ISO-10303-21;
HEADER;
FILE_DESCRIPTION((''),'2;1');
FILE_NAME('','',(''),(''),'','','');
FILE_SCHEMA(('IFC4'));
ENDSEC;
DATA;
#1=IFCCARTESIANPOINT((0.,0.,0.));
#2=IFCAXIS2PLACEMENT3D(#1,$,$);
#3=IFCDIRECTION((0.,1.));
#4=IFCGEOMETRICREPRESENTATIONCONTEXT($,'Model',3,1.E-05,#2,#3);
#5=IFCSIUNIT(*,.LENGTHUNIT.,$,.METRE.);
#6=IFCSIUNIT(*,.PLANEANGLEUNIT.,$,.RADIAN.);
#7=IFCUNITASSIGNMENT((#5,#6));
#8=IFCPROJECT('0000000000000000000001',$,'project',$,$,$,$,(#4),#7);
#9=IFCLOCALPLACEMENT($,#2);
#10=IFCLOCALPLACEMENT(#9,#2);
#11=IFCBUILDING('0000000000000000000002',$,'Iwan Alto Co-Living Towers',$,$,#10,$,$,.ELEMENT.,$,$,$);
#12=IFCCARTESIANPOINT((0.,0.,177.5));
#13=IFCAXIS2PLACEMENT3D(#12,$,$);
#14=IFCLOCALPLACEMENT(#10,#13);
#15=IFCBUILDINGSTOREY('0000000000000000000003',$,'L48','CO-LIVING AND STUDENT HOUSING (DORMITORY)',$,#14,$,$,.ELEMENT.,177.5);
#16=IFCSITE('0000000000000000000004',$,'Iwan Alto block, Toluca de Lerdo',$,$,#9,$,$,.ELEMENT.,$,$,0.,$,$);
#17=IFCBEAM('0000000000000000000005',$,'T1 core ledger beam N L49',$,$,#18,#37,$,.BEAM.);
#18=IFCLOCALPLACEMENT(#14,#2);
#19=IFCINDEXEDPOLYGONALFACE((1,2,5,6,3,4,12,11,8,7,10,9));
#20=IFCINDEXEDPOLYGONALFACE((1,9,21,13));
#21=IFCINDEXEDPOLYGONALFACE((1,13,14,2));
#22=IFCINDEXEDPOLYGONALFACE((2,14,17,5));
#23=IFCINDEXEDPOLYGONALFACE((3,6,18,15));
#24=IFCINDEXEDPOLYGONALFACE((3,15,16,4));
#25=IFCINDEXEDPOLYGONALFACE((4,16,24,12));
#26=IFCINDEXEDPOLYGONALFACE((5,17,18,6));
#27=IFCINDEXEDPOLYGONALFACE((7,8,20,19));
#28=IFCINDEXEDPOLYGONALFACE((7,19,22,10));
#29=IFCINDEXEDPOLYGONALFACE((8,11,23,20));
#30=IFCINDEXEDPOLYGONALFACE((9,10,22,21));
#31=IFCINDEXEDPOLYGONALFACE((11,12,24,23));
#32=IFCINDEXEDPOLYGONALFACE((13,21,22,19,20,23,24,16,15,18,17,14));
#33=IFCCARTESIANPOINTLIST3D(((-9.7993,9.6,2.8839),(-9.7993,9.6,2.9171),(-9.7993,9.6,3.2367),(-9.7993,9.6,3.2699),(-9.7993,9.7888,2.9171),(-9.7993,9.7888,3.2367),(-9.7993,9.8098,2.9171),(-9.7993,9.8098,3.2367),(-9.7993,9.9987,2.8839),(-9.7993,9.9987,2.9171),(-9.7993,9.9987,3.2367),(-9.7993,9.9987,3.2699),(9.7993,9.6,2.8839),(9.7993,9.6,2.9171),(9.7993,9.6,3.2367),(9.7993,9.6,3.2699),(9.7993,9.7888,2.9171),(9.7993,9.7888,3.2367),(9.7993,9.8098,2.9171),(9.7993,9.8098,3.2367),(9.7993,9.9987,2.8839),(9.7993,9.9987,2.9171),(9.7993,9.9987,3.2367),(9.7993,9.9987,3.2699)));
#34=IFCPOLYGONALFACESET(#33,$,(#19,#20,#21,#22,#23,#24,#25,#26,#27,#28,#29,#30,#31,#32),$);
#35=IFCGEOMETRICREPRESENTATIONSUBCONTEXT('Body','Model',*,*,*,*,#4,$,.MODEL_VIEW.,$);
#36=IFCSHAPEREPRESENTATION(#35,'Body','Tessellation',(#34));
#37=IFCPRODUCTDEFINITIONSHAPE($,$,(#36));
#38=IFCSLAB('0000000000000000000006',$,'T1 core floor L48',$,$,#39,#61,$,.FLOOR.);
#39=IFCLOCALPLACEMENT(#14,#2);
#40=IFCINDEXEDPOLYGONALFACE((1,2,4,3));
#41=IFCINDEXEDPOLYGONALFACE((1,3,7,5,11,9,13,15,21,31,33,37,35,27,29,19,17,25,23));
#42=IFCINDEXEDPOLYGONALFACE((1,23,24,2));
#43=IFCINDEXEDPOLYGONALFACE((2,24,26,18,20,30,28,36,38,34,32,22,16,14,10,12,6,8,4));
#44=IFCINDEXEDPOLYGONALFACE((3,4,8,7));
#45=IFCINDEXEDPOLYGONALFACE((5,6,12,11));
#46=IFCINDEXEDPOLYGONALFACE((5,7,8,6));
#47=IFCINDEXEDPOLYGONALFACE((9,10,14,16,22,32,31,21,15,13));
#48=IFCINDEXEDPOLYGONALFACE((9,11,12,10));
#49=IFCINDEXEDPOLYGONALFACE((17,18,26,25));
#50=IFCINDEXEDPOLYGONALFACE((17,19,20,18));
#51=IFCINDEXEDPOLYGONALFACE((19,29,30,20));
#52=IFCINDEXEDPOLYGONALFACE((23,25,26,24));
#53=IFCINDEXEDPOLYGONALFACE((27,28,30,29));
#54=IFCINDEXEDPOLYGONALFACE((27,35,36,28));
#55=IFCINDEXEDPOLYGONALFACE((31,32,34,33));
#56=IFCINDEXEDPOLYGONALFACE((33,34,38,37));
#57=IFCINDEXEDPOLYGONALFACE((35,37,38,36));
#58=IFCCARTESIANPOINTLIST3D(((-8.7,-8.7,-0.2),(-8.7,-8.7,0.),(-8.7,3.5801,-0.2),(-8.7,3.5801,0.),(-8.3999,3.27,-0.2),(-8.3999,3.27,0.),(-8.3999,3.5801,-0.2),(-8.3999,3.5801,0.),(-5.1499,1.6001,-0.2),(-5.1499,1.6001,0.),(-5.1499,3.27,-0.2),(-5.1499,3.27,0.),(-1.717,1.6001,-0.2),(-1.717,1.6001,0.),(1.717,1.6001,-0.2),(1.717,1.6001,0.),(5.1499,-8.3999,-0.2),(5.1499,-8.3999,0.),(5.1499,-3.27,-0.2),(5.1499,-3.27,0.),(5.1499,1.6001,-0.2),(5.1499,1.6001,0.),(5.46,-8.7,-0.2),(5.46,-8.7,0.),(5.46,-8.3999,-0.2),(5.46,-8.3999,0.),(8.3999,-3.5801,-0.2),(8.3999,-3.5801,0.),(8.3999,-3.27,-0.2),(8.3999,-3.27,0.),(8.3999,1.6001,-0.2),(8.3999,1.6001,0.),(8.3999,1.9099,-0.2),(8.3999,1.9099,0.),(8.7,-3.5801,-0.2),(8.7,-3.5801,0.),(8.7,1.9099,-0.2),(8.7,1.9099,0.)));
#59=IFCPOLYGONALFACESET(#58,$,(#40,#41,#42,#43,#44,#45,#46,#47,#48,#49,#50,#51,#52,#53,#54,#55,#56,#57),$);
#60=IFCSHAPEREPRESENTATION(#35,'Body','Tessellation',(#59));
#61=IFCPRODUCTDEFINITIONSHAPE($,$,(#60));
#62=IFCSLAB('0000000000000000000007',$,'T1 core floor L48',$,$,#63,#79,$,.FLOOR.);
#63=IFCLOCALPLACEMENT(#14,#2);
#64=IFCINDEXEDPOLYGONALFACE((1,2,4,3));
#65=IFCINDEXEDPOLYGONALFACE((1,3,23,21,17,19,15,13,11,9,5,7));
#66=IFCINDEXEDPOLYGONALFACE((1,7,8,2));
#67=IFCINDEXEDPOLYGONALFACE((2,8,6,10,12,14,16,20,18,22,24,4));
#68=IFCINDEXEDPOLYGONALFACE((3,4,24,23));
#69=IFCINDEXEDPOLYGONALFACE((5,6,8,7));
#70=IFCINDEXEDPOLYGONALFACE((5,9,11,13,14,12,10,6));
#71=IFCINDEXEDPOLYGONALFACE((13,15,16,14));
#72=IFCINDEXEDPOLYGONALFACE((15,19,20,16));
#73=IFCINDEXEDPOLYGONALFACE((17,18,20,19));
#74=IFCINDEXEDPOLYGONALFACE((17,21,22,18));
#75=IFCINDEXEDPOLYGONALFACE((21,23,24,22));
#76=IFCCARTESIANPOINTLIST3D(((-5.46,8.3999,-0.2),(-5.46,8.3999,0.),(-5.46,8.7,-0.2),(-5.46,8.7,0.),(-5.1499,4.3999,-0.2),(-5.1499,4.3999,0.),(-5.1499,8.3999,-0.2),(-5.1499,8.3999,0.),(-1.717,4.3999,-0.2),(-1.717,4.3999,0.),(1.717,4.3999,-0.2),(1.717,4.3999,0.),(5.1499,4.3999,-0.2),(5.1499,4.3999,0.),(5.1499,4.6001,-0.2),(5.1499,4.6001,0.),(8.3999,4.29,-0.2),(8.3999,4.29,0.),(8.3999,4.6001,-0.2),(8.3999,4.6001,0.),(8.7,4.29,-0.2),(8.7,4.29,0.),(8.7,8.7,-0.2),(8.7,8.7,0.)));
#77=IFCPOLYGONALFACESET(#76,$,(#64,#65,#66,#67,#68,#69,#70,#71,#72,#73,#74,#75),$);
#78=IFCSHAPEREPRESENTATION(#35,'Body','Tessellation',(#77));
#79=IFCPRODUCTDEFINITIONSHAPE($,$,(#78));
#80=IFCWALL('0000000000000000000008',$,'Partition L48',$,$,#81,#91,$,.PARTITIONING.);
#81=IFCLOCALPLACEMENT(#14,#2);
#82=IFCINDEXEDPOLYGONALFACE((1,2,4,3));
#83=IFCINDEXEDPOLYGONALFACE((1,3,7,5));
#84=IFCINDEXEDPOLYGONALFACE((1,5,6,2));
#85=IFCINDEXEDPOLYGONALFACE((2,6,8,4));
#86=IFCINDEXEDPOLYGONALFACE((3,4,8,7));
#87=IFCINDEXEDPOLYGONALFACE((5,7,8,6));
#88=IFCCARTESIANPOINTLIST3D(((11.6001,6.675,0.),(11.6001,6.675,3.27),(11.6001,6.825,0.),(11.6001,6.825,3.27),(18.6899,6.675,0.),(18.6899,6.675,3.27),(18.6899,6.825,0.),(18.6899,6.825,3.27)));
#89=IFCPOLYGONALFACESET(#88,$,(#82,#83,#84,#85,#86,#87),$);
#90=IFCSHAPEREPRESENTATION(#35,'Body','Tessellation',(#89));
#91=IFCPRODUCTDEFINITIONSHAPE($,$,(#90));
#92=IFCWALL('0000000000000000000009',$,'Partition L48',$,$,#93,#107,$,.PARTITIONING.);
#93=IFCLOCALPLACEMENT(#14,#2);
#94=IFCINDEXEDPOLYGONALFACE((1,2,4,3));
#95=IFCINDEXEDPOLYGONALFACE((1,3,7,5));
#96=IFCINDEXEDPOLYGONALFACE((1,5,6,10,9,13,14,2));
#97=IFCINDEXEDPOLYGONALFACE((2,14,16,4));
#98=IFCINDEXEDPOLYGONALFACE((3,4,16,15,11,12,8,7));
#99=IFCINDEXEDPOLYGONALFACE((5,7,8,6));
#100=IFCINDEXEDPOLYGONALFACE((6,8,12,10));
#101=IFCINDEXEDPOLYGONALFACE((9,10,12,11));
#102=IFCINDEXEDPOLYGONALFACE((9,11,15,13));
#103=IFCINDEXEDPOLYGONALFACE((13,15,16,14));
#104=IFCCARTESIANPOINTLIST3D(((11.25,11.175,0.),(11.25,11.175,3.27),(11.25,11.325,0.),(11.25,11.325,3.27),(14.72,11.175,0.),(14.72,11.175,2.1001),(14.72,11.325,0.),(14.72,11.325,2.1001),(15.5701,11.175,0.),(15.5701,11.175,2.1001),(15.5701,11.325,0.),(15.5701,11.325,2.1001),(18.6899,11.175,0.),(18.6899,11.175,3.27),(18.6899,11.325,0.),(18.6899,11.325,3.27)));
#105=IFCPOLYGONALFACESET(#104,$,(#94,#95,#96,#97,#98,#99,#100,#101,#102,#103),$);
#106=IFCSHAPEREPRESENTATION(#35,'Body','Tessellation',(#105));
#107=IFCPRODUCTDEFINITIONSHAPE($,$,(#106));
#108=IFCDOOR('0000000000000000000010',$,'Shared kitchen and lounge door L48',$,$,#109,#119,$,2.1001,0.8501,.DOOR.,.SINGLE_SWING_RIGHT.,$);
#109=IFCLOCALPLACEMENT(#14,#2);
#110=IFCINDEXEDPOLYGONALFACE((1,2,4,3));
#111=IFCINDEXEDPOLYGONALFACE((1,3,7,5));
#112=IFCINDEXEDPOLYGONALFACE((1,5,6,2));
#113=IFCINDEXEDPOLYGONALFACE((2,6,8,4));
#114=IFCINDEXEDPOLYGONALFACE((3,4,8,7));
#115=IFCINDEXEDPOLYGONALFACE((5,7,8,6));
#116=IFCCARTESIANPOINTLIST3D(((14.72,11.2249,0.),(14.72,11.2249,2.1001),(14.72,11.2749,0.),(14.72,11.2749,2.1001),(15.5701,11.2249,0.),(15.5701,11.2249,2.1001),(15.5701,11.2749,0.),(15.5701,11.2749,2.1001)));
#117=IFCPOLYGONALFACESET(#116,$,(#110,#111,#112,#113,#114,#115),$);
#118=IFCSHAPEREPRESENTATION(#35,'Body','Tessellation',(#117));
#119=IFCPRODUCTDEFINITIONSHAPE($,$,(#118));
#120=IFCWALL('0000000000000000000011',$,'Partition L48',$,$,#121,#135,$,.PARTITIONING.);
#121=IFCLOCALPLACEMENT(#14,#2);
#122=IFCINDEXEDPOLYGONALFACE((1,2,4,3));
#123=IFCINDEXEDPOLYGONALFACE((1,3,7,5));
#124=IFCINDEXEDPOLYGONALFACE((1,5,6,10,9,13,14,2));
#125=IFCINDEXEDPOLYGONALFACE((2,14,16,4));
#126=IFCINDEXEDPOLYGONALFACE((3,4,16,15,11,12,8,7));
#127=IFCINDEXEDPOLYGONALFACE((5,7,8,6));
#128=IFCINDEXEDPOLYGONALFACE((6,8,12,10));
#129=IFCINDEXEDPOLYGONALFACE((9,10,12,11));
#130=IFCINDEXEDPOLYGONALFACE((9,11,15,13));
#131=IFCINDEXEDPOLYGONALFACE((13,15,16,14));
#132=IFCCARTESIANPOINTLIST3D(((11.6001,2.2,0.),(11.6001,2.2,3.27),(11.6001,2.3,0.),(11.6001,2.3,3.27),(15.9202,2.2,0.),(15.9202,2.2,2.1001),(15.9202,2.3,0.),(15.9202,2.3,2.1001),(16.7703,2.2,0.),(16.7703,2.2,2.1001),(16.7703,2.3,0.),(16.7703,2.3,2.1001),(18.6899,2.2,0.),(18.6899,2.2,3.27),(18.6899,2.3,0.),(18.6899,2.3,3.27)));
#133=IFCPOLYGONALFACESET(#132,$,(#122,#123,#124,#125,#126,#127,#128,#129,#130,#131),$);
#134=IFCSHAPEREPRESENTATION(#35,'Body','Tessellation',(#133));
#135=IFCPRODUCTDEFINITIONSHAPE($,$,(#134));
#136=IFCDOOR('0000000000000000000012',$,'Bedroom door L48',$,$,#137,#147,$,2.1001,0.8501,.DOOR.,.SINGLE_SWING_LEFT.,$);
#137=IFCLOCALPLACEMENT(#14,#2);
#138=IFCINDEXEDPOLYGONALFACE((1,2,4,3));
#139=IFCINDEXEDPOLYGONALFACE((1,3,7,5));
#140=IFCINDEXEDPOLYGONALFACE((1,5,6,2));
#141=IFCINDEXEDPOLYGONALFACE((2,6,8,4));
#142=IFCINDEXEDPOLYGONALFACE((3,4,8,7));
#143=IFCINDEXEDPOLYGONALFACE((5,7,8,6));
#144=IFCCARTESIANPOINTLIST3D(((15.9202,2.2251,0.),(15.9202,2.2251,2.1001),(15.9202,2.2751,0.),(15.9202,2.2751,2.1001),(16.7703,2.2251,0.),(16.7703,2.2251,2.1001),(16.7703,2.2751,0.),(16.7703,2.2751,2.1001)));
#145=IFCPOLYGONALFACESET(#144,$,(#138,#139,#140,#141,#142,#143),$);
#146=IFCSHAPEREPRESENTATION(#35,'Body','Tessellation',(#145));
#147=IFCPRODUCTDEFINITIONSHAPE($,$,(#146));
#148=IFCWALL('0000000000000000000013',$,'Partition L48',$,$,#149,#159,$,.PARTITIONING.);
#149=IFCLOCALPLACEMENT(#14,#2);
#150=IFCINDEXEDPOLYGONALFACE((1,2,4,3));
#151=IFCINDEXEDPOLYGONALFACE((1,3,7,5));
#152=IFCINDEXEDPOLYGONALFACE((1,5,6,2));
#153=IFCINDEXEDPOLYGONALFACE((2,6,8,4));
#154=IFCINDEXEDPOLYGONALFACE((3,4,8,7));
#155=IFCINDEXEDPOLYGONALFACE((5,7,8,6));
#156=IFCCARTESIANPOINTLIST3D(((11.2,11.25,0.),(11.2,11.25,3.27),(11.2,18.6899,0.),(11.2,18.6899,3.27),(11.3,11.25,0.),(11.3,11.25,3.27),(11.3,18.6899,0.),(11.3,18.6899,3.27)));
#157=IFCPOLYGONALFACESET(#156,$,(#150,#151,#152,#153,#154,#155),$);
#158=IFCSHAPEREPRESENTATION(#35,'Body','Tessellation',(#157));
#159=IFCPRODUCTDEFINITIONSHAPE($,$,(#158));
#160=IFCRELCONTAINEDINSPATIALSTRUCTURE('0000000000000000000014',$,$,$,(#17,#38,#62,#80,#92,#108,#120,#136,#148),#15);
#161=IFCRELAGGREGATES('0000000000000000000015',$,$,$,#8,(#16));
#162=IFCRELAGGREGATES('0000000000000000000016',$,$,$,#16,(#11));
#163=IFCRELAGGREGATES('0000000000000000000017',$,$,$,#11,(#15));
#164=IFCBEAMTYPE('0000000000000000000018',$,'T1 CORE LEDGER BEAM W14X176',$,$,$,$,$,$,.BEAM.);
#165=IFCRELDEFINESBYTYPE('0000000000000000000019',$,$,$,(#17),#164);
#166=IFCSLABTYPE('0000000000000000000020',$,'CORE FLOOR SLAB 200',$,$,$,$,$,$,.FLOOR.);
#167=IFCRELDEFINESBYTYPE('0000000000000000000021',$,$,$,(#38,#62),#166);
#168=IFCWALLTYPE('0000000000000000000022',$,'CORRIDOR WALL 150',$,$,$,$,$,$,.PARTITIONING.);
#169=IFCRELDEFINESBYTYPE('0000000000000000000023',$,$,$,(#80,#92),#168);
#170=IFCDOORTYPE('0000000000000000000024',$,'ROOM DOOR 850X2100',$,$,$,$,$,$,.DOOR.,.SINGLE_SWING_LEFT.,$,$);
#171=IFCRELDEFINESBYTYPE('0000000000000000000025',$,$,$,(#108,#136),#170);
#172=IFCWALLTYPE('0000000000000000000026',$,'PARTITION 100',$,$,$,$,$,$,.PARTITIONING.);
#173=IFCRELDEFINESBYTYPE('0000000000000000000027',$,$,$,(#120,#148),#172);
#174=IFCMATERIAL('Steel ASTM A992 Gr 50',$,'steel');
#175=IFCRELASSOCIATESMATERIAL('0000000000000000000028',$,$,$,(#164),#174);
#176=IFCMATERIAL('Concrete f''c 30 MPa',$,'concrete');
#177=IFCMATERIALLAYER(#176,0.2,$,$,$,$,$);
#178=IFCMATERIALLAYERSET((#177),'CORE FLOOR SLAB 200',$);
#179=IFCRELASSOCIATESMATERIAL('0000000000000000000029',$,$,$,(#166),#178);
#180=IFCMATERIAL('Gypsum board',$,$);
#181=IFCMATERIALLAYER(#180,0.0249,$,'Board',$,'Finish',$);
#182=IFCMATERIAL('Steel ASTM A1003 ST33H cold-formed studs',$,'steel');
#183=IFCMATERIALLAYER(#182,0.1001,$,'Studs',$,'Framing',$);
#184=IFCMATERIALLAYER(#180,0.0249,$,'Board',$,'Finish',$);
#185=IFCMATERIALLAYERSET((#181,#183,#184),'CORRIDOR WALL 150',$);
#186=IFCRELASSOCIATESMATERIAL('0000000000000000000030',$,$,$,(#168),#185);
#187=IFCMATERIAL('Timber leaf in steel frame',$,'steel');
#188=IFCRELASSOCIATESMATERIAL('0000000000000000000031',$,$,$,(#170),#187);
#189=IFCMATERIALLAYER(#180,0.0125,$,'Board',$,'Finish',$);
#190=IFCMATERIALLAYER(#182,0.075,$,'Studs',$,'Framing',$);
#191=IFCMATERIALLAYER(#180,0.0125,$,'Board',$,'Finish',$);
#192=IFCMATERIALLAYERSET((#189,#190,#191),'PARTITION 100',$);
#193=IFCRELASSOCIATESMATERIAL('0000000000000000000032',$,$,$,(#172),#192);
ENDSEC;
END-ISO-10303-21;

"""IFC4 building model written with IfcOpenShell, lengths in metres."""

from ifc_helpers import new_model, si_unit, direction, frame, frame_2d, origin, origin_2d, place, context, subcontext, project, spatial, polyline, rectangle, i_section, outline, extrude, material, layer, layer_set, material_profile, profile_set, type_object, element, fill, save


model = new_model("IFC4")

# Units and contexts
model_context = context("Model", 3, precision=1e-05, world=origin(), true_north=direction((0.0, 1.0)))
body_context = subcontext(model_context, "Body", "Model", "MODEL_VIEW")
ifc_project = project(units=[si_unit("LENGTHUNIT", "METRE"), si_unit("PLANEANGLEUNIT", "RADIAN")], contexts=[model_context])

# Site, building, storey
site_placement = place(None, origin())
site = spatial("IfcSite", under=ifc_project, at=site_placement, Name="Iwan Alto block, Toluca de Lerdo", CompositionType="ELEMENT", RefElevation=0.0)
building_placement = place(site_placement, origin())
building = spatial("IfcBuilding", under=site, at=building_placement, Name="Iwan Alto Co-Living Towers", CompositionType="ELEMENT")
storey_placement = place(building_placement, frame((0.0, 0.0, 177.5)))
storey = spatial("IfcBuildingStorey", under=building, at=storey_placement, Name="L48", Description="CO-LIVING AND STUDENT HOUSING (DORMITORY)", CompositionType="ELEMENT", Elevation=177.5)

# Beam
ifc_material_1 = material(Name="Steel ASTM A992 Gr 50", Category="steel")
ifc_material_profile = material_profile(ifc_material_1, i_section(OverallWidth=0.3987, OverallDepth=0.386, WebThickness=0.021, FlangeThickness=0.0332, at=origin_2d()), Name="W14X176")
ifc_profile_set = profile_set([ifc_material_profile], Name="Steel ASTM A992 Gr 50")
beam_type = type_object("IfcBeamType", Name="T1 CORE LEDGER BEAM W14X176", PredefinedType="BEAM", material=ifc_profile_set)
beam_placement = place(storey_placement, frame((9.7993, 9.7993, 3.0769), z_axis=(-1.0, 0.0, 0.0), x_axis=(0.0, -1.0, 0.0)))
element("IfcBeam", 1, at=beam_placement, inside=storey, type_object=beam_type, Name="T1 core ledger beam N L49", PredefinedType="BEAM", context=body_context, shape_type="SweptSolid", body=[
    extrude(i_section(OverallWidth=0.3987, OverallDepth=0.386, WebThickness=0.021, FlangeThickness=0.0332, at=origin_2d()), origin(), (0.0, 0.0, 1.0), 19.5986),
])

# Slabs
ifc_material_2 = material(Name="Concrete f'c 30 MPa", Category="concrete")
ifc_layer_1 = layer(ifc_material_2, 0.2)
ifc_layer_set_1 = layer_set([ifc_layer_1], Name="CORE FLOOR SLAB 200")
slab_type = type_object("IfcSlabType", Name="CORE FLOOR SLAB 200", PredefinedType="FLOOR", material=ifc_layer_set_1)
slab_1_placement = place(storey_placement, frame((0.0, 0.0, -0.2)))
element("IfcSlab", 2, at=slab_1_placement, inside=storey, type_object=slab_type, Name="T1 core floor L48", PredefinedType="FLOOR", context=body_context, shape_type="SweptSolid", body=[
    extrude(outline(polyline([(5.1499, -8.3999), (5.46, -8.3999), (5.46, -8.7), (-8.7, -8.7), (-8.7, 3.5801), (-8.3999, 3.5801), (-8.3999, 3.27), (-5.1499, 3.27), (-5.1499, 1.6001), (-1.717, 1.6001), (1.717, 1.6001), (5.1499, 1.6001), (8.3999, 1.6001), (8.3999, 1.9099), (8.7, 1.9099), (8.7, -3.5801), (8.3999, -3.5801), (8.3999, -3.27), (5.1499, -3.27), (5.1499, -8.3999)])), origin(), (0.0, 0.0, 1.0), 0.2),
])
slab_2_placement = place(storey_placement, frame((0.0, 0.0, -0.2)))
element("IfcSlab", 3, at=slab_2_placement, inside=storey, type_object=slab_type, Name="T1 core floor L48", PredefinedType="FLOOR", context=body_context, shape_type="SweptSolid", body=[
    extrude(outline(polyline([(1.717, 4.3999), (-1.717, 4.3999), (-5.1499, 4.3999), (-5.1499, 8.3999), (-5.46, 8.3999), (-5.46, 8.7), (8.7, 8.7), (8.7, 4.29), (8.3999, 4.29), (8.3999, 4.6001), (5.1499, 4.6001), (5.1499, 4.3999), (1.717, 4.3999)])), origin(), (0.0, 0.0, 1.0), 0.2),
])

# Wall
ifc_material_3 = material(Name="Gypsum board")
ifc_layer_2 = layer(ifc_material_3, 0.0249, Name="Board", Category="Finish")
ifc_material_4 = material(Name="Steel ASTM A1003 ST33H cold-formed studs", Category="steel")
ifc_layer_3 = layer(ifc_material_4, 0.1001, Name="Studs", Category="Framing")
ifc_layer_4 = layer(ifc_material_3, 0.0249, Name="Board", Category="Finish")
ifc_layer_set_2 = layer_set([ifc_layer_2, ifc_layer_3, ifc_layer_4], Name="CORRIDOR WALL 150")
wall_type_1 = type_object("IfcWallType", Name="CORRIDOR WALL 150", PredefinedType="PARTITIONING", material=ifc_layer_set_2)
wall_1_placement = place(storey_placement, frame((11.6001, 6.75, 0.0), z_axis=(0.0, 0.0, 1.0), x_axis=(1.0, 0.0, 0.0)))
element("IfcWall", 4, at=wall_1_placement, inside=storey, type_object=wall_type_1, Name="Partition L48", PredefinedType="PARTITIONING", context=body_context, shape_type="SweptSolid", body=[
    extrude(rectangle(XDim=7.0898, YDim=0.1499, at=frame_2d((3.5449, 0.0))), origin(), (0.0, 0.0, 1.0), 3.27),
])

# Walls, openings, doors
wall_2_placement = place(storey_placement, frame((11.25, 11.25, 0.0), z_axis=(0.0, 0.0, 1.0), x_axis=(1.0, 0.0, 0.0)))
wall_2 = element("IfcWall", 5, at=wall_2_placement, inside=storey, type_object=wall_type_1, Name="Partition L48", PredefinedType="PARTITIONING", context=body_context, shape_type="SweptSolid", body=[
    extrude(rectangle(XDim=7.4399, YDim=0.1499, at=frame_2d((3.72, 0.0))), origin(), (0.0, 0.0, 1.0), 3.27),
])
opening_1_placement = place(wall_2_placement, frame((3.47, 0.0, 0.0)))
opening_1 = element("IfcOpeningElement", 6, at=opening_1_placement, cuts=wall_2, PredefinedType="OPENING", context=body_context, shape_type="SweptSolid", body=[
    extrude(rectangle(XDim=0.8501, YDim=2.1001, at=frame_2d((0.425, 1.05))), frame((0.0, 0.085, 0.0), z_axis=(0.0, -1.0, 0.0), x_axis=(1.0, 0.0, 0.0)), (0.0, 0.0, 1.0), 0.1699),
])
ifc_material_5 = material(Name="Timber leaf in steel frame", Category="steel")
door_type_1 = type_object("IfcDoorType", Name="ROOM DOOR 850X2100", OperationType="SINGLE_SWING_LEFT", PredefinedType="DOOR", material=ifc_material_5)
door_1_placement = place(opening_1_placement, origin())
door_1 = element("IfcDoor", 7, at=door_1_placement, inside=storey, type_object=door_type_1, Name="Shared kitchen and lounge door L48", OperationType="SINGLE_SWING_RIGHT", OverallHeight=2.1001, OverallWidth=0.8501, PredefinedType="DOOR", context=body_context, shape_type="SweptSolid", body=[
    extrude(rectangle(XDim=0.8501, YDim=2.1001, at=frame_2d((0.425, 1.05))), frame((0.0, 0.0249, 0.0), z_axis=(0.0, -1.0, 0.0), x_axis=(1.0, 0.0, 0.0)), (0.0, 0.0, 1.0), 0.05),
])
fill(opening_1, door_1)
ifc_layer_5 = layer(ifc_material_3, 0.0125, Name="Board", Category="Finish")
ifc_layer_6 = layer(ifc_material_4, 0.075, Name="Studs", Category="Framing")
ifc_layer_7 = layer(ifc_material_3, 0.0125, Name="Board", Category="Finish")
ifc_layer_set_3 = layer_set([ifc_layer_5, ifc_layer_6, ifc_layer_7], Name="PARTITION 100")
wall_type_2 = type_object("IfcWallType", Name="PARTITION 100", PredefinedType="PARTITIONING", material=ifc_layer_set_3)
wall_3_placement = place(storey_placement, frame((11.6001, 2.25, 0.0), z_axis=(0.0, 0.0, 1.0), x_axis=(1.0, 0.0, 0.0)))
wall_3 = element("IfcWall", 8, at=wall_3_placement, inside=storey, type_object=wall_type_2, Name="Partition L48", PredefinedType="PARTITIONING", context=body_context, shape_type="SweptSolid", body=[
    extrude(rectangle(XDim=7.0898, YDim=0.1001, at=frame_2d((3.5449, 0.0))), origin(), (0.0, 0.0, 1.0), 3.27),
])
opening_2_placement = place(wall_3_placement, frame((4.3201, 0.0, 0.0)))
opening_2 = element("IfcOpeningElement", 9, at=opening_2_placement, cuts=wall_3, PredefinedType="OPENING", context=body_context, shape_type="SweptSolid", body=[
    extrude(rectangle(XDim=0.8501, YDim=2.1001, at=frame_2d((0.425, 1.05))), frame((0.0, 0.0601, 0.0), z_axis=(0.0, -1.0, 0.0), x_axis=(1.0, 0.0, 0.0)), (0.0, 0.0, 1.0), 0.1201),
])
door_2_placement = place(opening_2_placement, frame((0.8501, 0.0, 0.0), z_axis=(0.0, 0.0, 1.0), x_axis=(-1.0, 0.0, 0.0)))
door_2 = element("IfcDoor", 10, at=door_2_placement, inside=storey, type_object=door_type_1, Name="Bedroom door L48", OperationType="SINGLE_SWING_LEFT", OverallHeight=2.1001, OverallWidth=0.8501, PredefinedType="DOOR", context=body_context, shape_type="SweptSolid", body=[
    extrude(rectangle(XDim=0.8501, YDim=2.1001, at=frame_2d((0.425, 1.05))), frame((0.0, 0.0249, 0.0), z_axis=(0.0, -1.0, 0.0), x_axis=(1.0, 0.0, 0.0)), (0.0, 0.0, 1.0), 0.05),
])
fill(opening_2, door_2)

# Wall
wall_4_placement = place(storey_placement, frame((11.25, 11.25, 0.0), z_axis=(0.0, 0.0, 1.0), x_axis=(0.0, 1.0, 0.0)))
element("IfcWall", 11, at=wall_4_placement, inside=storey, type_object=wall_type_2, Name="Partition L48", PredefinedType="PARTITIONING", context=body_context, shape_type="SweptSolid", body=[
    extrude(rectangle(XDim=7.4399, YDim=0.1001, at=frame_2d((3.72, 0.0))), origin(), (0.0, 0.0, 1.0), 3.27),
])

save(model, "model.ifc")
